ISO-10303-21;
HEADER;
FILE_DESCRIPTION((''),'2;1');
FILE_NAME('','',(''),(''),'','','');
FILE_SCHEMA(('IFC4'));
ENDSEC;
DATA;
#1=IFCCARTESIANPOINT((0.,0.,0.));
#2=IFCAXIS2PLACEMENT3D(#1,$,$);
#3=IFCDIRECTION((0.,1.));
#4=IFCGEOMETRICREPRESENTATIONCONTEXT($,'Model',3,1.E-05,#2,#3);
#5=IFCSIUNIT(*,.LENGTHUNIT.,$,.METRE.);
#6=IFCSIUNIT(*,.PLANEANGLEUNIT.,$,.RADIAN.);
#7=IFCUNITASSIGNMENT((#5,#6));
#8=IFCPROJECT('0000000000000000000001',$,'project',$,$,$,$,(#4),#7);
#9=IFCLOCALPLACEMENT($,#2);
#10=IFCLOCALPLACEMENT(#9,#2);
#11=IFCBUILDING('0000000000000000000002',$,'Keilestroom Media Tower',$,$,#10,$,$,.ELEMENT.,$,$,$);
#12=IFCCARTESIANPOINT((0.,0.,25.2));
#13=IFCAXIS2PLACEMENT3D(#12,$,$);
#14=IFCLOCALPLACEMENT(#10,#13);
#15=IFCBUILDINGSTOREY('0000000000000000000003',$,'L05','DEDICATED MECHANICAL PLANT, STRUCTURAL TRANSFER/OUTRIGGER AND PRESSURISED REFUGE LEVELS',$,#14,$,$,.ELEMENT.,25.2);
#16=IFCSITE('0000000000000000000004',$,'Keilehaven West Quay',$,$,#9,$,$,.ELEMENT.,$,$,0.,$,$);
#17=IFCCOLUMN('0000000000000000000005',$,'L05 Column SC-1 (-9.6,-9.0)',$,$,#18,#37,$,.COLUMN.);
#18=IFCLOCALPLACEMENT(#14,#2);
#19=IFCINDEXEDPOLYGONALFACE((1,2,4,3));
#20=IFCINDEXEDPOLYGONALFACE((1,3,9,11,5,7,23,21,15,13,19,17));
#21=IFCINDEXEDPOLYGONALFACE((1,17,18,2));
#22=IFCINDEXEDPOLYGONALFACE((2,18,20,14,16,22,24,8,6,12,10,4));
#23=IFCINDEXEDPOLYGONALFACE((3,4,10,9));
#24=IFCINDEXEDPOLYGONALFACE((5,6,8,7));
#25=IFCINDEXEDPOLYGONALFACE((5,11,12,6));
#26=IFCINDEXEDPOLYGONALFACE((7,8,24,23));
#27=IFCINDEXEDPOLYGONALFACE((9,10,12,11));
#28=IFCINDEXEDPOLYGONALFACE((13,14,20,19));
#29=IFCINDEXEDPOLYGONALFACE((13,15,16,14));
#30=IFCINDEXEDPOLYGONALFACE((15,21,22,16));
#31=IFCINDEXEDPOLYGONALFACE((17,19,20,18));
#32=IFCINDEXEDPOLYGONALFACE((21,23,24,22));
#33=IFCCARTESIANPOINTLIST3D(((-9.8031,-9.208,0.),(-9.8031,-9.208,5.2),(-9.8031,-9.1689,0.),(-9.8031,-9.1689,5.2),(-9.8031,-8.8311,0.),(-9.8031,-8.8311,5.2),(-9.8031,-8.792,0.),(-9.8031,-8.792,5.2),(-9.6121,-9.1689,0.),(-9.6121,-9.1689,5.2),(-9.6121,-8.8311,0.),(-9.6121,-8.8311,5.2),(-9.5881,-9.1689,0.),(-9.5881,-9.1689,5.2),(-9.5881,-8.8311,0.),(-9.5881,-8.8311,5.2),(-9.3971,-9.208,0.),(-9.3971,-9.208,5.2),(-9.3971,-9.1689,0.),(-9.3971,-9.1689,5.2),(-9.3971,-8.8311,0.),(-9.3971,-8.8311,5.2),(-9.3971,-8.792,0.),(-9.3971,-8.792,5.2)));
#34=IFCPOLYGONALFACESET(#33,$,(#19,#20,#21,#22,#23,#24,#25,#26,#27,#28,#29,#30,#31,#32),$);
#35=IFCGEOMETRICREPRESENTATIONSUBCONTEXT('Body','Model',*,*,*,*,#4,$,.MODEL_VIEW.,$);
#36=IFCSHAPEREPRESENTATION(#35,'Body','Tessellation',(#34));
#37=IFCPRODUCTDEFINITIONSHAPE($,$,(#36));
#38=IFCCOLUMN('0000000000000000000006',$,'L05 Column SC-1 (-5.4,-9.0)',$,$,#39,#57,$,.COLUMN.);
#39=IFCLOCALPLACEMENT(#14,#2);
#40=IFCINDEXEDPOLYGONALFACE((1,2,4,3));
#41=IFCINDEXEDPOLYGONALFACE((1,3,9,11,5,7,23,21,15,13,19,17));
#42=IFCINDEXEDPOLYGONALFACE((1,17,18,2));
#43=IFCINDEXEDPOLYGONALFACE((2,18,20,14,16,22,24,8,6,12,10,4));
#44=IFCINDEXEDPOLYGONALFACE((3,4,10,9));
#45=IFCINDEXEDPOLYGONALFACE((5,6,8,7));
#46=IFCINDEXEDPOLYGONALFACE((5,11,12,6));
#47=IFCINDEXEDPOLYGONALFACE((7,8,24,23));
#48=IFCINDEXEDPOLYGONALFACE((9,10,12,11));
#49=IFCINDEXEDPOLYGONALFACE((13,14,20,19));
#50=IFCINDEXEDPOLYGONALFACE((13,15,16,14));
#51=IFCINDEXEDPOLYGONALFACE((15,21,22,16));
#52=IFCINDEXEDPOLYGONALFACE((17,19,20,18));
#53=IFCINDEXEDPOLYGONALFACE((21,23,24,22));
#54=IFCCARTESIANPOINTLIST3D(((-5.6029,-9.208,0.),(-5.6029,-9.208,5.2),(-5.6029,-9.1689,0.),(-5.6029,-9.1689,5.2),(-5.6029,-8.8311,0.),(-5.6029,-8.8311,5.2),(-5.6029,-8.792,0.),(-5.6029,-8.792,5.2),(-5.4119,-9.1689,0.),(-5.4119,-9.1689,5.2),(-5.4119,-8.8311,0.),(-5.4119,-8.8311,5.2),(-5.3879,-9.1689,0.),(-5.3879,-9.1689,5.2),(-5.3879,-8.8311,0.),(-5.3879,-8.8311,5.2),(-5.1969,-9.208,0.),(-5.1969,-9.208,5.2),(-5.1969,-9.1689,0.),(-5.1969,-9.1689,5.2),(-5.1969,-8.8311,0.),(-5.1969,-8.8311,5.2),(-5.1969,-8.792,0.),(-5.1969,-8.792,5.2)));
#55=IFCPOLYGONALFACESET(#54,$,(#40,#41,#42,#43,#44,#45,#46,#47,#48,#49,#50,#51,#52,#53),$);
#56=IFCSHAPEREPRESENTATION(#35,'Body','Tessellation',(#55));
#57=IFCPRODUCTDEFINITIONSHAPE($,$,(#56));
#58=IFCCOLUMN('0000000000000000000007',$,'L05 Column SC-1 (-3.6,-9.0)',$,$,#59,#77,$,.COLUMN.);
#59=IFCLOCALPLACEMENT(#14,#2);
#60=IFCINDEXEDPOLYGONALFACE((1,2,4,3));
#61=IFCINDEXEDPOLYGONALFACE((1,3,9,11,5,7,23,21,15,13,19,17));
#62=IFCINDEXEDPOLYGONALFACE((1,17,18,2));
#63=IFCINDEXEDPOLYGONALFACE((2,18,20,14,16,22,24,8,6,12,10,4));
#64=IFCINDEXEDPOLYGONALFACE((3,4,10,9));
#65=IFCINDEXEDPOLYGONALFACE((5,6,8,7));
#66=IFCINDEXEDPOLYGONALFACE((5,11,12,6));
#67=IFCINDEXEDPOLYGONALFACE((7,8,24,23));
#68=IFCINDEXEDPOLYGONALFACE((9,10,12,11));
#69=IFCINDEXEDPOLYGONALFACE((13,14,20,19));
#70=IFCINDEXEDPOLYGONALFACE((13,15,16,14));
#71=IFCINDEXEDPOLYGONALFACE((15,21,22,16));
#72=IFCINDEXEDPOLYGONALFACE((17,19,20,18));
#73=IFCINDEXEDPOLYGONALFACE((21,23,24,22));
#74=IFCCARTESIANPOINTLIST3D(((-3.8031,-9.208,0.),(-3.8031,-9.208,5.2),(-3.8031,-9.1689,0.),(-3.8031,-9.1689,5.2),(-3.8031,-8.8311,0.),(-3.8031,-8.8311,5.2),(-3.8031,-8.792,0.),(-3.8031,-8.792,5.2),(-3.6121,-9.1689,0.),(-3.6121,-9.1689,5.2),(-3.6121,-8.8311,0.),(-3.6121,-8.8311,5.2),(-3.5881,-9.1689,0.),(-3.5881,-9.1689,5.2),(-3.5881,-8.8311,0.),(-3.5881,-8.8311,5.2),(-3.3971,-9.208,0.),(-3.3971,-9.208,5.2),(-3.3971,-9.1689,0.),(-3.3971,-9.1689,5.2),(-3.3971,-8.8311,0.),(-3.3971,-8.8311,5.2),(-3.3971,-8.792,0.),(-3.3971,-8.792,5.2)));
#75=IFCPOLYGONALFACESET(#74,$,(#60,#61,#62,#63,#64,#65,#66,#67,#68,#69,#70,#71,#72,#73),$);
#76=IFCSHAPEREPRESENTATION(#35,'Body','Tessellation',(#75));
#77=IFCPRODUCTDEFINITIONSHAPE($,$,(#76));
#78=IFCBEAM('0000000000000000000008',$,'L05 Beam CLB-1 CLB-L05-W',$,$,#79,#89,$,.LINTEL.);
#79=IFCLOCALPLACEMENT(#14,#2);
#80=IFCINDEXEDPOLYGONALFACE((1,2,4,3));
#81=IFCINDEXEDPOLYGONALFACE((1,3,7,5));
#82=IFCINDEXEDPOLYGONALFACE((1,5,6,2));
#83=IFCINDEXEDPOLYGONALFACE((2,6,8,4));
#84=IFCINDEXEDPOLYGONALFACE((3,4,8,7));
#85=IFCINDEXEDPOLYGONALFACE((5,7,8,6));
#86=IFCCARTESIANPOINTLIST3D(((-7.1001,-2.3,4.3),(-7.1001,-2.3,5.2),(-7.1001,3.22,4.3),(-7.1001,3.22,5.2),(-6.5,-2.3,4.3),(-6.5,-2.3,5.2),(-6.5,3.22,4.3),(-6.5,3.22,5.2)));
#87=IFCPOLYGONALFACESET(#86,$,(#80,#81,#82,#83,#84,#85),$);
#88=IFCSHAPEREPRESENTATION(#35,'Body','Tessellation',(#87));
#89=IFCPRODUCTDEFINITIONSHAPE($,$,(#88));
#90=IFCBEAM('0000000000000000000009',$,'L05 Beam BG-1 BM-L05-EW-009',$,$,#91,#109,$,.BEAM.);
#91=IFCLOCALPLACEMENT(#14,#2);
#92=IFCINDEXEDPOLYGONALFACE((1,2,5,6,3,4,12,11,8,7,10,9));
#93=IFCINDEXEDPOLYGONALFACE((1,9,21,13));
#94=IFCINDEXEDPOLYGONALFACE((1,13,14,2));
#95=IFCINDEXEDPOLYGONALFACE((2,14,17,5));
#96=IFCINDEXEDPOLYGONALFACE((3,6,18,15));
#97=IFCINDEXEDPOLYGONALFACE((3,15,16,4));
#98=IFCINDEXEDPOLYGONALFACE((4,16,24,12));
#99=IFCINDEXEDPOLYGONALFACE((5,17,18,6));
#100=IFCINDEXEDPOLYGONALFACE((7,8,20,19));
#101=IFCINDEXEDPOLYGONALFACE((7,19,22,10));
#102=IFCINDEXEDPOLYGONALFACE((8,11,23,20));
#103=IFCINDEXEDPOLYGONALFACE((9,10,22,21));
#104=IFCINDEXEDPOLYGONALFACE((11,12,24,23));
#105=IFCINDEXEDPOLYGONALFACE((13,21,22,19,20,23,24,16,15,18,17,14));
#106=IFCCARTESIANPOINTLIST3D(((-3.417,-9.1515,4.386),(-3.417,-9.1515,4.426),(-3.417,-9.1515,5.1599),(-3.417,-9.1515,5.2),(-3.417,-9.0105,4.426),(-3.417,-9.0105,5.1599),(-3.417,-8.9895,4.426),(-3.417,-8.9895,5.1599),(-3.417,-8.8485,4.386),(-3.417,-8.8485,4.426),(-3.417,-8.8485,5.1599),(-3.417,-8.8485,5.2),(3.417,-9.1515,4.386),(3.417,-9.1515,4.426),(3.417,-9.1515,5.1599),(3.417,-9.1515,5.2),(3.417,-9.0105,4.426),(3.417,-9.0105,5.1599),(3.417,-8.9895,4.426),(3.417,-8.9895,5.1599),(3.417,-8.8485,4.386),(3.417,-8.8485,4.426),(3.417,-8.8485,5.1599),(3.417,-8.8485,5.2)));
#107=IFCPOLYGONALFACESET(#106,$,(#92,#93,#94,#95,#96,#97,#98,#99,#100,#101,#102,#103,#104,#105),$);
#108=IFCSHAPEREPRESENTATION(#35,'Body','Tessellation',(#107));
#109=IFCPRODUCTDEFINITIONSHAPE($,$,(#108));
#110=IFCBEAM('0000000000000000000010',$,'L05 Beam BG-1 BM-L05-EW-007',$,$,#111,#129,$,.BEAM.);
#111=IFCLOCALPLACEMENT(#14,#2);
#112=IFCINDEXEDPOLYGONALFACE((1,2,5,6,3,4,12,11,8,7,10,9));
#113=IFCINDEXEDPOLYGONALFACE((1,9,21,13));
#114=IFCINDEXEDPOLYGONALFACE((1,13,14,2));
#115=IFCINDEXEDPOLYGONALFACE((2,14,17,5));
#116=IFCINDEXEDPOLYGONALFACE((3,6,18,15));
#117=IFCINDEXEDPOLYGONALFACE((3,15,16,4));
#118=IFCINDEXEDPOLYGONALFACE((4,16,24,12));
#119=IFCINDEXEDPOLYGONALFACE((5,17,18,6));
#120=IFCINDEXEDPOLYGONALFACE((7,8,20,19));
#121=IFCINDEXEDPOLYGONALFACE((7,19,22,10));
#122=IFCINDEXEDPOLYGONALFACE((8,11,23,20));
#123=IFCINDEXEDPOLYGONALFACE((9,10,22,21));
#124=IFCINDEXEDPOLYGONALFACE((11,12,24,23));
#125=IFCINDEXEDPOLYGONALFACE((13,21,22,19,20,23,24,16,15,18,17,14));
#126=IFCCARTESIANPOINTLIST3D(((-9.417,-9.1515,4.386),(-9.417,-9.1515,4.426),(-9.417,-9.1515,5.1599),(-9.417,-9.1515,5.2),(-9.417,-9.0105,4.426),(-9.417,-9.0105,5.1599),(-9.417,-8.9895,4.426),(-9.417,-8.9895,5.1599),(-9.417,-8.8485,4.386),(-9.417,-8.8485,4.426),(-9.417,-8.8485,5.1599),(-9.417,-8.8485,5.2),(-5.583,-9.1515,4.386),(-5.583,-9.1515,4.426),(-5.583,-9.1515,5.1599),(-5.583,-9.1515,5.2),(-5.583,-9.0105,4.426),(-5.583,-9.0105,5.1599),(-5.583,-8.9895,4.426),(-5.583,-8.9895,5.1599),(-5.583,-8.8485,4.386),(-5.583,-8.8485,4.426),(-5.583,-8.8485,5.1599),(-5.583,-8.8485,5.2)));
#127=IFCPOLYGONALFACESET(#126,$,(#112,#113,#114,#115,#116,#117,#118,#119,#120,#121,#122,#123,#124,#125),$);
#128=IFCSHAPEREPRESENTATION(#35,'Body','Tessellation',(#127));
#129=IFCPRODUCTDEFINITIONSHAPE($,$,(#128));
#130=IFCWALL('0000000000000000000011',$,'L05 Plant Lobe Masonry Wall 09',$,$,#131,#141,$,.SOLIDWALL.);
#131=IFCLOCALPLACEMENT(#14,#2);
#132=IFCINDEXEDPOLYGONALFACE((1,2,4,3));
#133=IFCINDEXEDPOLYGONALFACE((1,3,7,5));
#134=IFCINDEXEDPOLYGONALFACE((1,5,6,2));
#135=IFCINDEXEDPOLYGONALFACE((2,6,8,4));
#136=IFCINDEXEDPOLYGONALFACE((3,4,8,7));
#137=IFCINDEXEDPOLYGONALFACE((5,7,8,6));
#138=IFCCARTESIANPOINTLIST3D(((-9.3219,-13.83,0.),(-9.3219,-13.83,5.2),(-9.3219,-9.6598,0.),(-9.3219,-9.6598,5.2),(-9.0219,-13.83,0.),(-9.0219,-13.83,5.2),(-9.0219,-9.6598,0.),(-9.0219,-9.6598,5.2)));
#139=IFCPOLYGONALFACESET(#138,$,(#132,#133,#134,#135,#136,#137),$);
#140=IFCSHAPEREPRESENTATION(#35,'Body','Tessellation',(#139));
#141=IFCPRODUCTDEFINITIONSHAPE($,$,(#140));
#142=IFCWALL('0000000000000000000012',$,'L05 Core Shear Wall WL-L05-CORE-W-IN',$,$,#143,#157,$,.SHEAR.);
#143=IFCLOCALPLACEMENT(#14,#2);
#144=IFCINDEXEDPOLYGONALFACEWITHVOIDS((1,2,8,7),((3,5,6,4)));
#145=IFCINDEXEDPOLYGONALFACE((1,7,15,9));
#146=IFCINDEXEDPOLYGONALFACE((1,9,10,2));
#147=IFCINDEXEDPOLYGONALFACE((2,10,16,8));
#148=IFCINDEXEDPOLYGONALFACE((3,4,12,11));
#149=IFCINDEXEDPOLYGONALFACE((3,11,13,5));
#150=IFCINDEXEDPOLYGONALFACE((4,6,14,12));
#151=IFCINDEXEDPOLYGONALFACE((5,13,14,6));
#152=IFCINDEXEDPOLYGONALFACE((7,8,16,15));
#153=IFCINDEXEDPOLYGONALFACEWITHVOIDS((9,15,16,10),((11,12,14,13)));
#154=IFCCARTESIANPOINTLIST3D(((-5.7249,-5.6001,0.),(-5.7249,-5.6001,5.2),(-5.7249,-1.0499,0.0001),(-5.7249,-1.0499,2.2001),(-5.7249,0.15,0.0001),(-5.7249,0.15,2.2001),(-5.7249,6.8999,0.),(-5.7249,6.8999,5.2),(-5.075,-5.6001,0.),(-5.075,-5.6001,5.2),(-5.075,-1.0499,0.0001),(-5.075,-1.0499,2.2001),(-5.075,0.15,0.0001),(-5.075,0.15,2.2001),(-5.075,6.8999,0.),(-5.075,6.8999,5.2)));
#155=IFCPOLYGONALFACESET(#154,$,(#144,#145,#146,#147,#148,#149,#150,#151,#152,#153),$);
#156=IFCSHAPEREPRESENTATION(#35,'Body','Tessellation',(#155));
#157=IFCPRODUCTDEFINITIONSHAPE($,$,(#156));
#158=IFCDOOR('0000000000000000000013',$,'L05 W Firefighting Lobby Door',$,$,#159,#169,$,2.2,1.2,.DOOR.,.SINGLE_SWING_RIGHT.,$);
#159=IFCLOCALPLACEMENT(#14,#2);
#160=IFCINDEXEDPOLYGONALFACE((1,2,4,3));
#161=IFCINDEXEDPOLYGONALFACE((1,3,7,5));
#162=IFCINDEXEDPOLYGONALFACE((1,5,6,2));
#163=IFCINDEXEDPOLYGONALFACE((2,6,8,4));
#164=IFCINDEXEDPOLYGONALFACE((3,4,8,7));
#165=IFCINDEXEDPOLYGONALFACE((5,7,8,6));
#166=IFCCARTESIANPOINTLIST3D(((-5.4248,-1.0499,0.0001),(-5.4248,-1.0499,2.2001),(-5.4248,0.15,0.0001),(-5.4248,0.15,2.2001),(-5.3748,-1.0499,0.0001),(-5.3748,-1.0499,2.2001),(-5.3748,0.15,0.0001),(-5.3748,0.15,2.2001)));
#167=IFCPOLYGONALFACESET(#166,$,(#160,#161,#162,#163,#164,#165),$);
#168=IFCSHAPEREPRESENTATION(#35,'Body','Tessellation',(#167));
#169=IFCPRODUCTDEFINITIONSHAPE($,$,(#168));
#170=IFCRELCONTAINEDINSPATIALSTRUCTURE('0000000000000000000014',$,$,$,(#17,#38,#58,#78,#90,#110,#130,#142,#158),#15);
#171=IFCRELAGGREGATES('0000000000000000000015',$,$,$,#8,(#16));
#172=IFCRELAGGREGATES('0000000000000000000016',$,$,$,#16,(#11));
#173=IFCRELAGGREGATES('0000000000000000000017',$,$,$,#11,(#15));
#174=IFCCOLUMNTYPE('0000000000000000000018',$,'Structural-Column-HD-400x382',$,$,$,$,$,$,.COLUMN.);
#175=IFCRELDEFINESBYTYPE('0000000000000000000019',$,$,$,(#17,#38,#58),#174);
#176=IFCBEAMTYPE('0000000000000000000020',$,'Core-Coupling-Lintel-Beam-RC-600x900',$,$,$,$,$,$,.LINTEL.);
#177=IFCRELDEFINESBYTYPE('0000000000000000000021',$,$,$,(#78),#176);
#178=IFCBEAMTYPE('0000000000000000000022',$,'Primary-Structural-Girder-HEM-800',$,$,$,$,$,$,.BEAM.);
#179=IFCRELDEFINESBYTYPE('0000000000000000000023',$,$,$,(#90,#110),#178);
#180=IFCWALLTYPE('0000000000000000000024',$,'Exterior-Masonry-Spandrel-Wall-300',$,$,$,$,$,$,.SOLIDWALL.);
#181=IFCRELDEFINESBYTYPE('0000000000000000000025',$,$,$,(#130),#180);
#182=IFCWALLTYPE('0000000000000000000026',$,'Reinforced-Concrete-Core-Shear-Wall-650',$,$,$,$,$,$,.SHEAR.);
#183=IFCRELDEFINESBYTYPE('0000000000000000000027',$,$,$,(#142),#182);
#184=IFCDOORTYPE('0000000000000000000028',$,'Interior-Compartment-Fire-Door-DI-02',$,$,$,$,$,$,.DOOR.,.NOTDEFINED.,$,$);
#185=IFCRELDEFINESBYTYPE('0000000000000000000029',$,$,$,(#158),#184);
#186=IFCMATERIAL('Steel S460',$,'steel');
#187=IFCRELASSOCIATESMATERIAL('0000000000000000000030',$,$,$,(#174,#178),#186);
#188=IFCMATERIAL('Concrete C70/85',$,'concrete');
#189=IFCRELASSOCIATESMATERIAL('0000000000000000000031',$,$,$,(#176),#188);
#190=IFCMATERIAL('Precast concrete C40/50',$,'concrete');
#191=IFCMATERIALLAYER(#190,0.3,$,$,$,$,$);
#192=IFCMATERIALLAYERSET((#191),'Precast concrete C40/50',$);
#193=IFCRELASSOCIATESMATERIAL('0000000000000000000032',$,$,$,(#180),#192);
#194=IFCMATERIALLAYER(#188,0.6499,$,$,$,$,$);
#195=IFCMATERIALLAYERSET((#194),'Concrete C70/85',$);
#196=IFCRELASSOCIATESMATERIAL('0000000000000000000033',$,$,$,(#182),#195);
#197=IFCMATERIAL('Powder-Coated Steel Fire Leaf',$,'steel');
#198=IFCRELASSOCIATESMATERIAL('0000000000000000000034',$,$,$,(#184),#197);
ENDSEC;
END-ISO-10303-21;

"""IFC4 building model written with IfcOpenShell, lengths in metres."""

from ifc_helpers import new_model, si_unit, direction, frame, frame_2d, origin, origin_2d, place, context, subcontext, project, spatial, rectangle, i_section, extrude, source, transform, mapped, material, layer, layer_set, material_profile, profile_set, type_object, element, fill, save


model = new_model("IFC4")

# Units and contexts
model_context = context("Model", 3, precision=1e-05, world=origin(), true_north=direction((0.0, 1.0)))
body_context = subcontext(model_context, "Body", "Model", "MODEL_VIEW")
ifc_project = project(units=[si_unit("LENGTHUNIT", "METRE"), si_unit("PLANEANGLEUNIT", "RADIAN")], contexts=[model_context])

# Site, building, storey
site_placement = place(None, origin())
site = spatial("IfcSite", under=ifc_project, at=site_placement, Name="Keilehaven West Quay", CompositionType="ELEMENT", RefElevation=0.0)
building_placement = place(site_placement, origin())
building = spatial("IfcBuilding", under=site, at=building_placement, Name="Keilestroom Media Tower", CompositionType="ELEMENT")
storey_placement = place(building_placement, frame((0.0, 0.0, 25.2)))
storey = spatial("IfcBuildingStorey", under=building, at=storey_placement, Name="L05", Description="DEDICATED MECHANICAL PLANT, STRUCTURAL TRANSFER/OUTRIGGER AND PRESSURISED REFUGE LEVELS", CompositionType="ELEMENT", Elevation=25.2)

# Columns
ifc_material_1 = material(Name="Steel S460", Category="steel")
ifc_material_profile_1 = material_profile(ifc_material_1, i_section(OverallWidth=0.406, OverallDepth=0.416, WebThickness=0.0239, FlangeThickness=0.0391, at=origin_2d()), Name="HD 400x382")
ifc_profile_set_1 = profile_set([ifc_material_profile_1], Name="Steel S460")
column_type = type_object("IfcColumnType", Name="Structural-Column-HD-400x382", PredefinedType="COLUMN", material=ifc_profile_set_1)
shared_shape_1 = source(origin(), body_context, "Body", "SweptSolid", [
    extrude(i_section(OverallWidth=0.406, OverallDepth=0.416, WebThickness=0.0239, FlangeThickness=0.0391, at=origin_2d()), origin(), (0.0, 0.0, 1.0), 5.2),
])
for number, where, z_axis, x_axis, name in (
    (1, (-9.6001, -9.0, 0.0), (0.0, 0.0, 1.0), (1.0, 0.0, 0.0), "L05 Column SC-1 (-9.6,-9.0)"),
    (2, (-5.3999, -9.0, 0.0), (0.0, 0.0, 1.0), (1.0, 0.0, 0.0), "L05 Column SC-1 (-5.4,-9.0)"),
    (3, (-3.6001, -9.0, 0.0), (0.0, 0.0, 1.0), (1.0, 0.0, 0.0), "L05 Column SC-1 (-3.6,-9.0)"),
):
    element("IfcColumn", number, at=place(storey_placement, frame(where, z_axis=z_axis, x_axis=x_axis)), inside=storey, type_object=column_type, Name=name, PredefinedType="COLUMN", context=body_context, shape_type="MappedRepresentation", body=[
        mapped(shared_shape_1, transform((0.0, 0.0, 0.0), x_axis=(1.0, 0.0, 0.0), y_axis=(0.0, 1.0, 0.0), z_axis=(0.0, 0.0, 1.0), scale=1.0)),
    ])

# Beams
ifc_material_2 = material(Name="Concrete C70/85", Category="concrete")
ifc_material_profile_2 = material_profile(ifc_material_2, rectangle(XDim=0.6001, YDim=0.8999, at=origin_2d()), Name="RC 600x900")
ifc_profile_set_2 = profile_set([ifc_material_profile_2], Name="Concrete C70/85")
beam_type_1 = type_object("IfcBeamType", Name="Core-Coupling-Lintel-Beam-RC-600x900", PredefinedType="LINTEL", material=ifc_profile_set_2)
shared_shape_2 = source(origin(), body_context, "Body", "SweptSolid", [
    extrude(rectangle(XDim=0.6001, YDim=0.8999, at=origin_2d()), origin(), (0.0, 0.0, 1.0), 5.52),
])
beam_1_placement = place(storey_placement, frame((-6.8, -2.3, 4.75), z_axis=(0.0, 1.0, 0.0), x_axis=(-1.0, 0.0, 0.0)))
element("IfcBeam", 4, at=beam_1_placement, inside=storey, type_object=beam_type_1, Name="L05 Beam CLB-1 CLB-L05-W", PredefinedType="LINTEL", context=body_context, shape_type="MappedRepresentation", body=[
    mapped(shared_shape_2, transform((0.0, 0.0, 0.0), x_axis=(1.0, 0.0, 0.0), y_axis=(0.0, 1.0, 0.0), z_axis=(0.0, 0.0, 1.0), scale=1.0)),
])
ifc_material_profile_3 = material_profile(ifc_material_1, i_section(OverallWidth=0.303, OverallDepth=0.814, WebThickness=0.021, FlangeThickness=0.04, at=origin_2d()), Name="HEM 800")
ifc_profile_set_3 = profile_set([ifc_material_profile_3], Name="Steel S460")
beam_type_2 = type_object("IfcBeamType", Name="Primary-Structural-Girder-HEM-800", PredefinedType="BEAM", material=ifc_profile_set_3)
shared_shape_3 = source(origin(), body_context, "Body", "SweptSolid", [
    extrude(i_section(OverallWidth=0.303, OverallDepth=0.814, WebThickness=0.021, FlangeThickness=0.04, at=origin_2d()), origin(), (0.0, 0.0, 1.0), 6.834),
])
beam_2_placement = place(storey_placement, frame((-3.417, -9.0, 4.793), z_axis=(1.0, 0.0, 0.0), x_axis=(0.0, 1.0, 0.0)))
element("IfcBeam", 5, at=beam_2_placement, inside=storey, type_object=beam_type_2, Name="L05 Beam BG-1 BM-L05-EW-009", PredefinedType="BEAM", context=body_context, shape_type="MappedRepresentation", body=[
    mapped(shared_shape_3, transform((0.0, 0.0, 0.0), x_axis=(1.0, 0.0, 0.0), y_axis=(0.0, 1.0, 0.0), z_axis=(0.0, 0.0, 1.0), scale=1.0)),
])
shared_shape_4 = source(origin(), body_context, "Body", "SweptSolid", [
    extrude(i_section(OverallWidth=0.303, OverallDepth=0.814, WebThickness=0.021, FlangeThickness=0.04, at=origin_2d()), origin(), (0.0, 0.0, 1.0), 3.834),
])
beam_3_placement = place(storey_placement, frame((-9.417, -9.0, 4.793), z_axis=(1.0, 0.0, 0.0), x_axis=(0.0, 1.0, 0.0)))
element("IfcBeam", 6, at=beam_3_placement, inside=storey, type_object=beam_type_2, Name="L05 Beam BG-1 BM-L05-EW-007", PredefinedType="BEAM", context=body_context, shape_type="MappedRepresentation", body=[
    mapped(shared_shape_4, transform((0.0, 0.0, 0.0), x_axis=(1.0, 0.0, 0.0), y_axis=(0.0, 1.0, 0.0), z_axis=(0.0, 0.0, 1.0), scale=1.0)),
])

# Wall
ifc_material_3 = material(Name="Precast concrete C40/50", Category="concrete")
ifc_layer_1 = layer(ifc_material_3, 0.3)
ifc_layer_set_1 = layer_set([ifc_layer_1], Name="Precast concrete C40/50")
wall_type_1 = type_object("IfcWallType", Name="Exterior-Masonry-Spandrel-Wall-300", PredefinedType="SOLIDWALL", material=ifc_layer_set_1)
wall_1_placement = place(storey_placement, frame((-9.1719, -9.6599, 0.0), z_axis=(0.0, 0.0, 1.0), x_axis=(0.0, -1.0, 0.0)))
element("IfcWall", 7, at=wall_1_placement, inside=storey, type_object=wall_type_1, Name="L05 Plant Lobe Masonry Wall 09", PredefinedType="SOLIDWALL", context=body_context, shape_type="SweptSolid", body=[
    extrude(rectangle(XDim=4.1702, YDim=0.3, at=frame_2d((2.085, 0.0))), origin(), (0.0, 0.0, 1.0), 5.2),
])

# Wall, opening, door
ifc_layer_2 = layer(ifc_material_2, 0.6499)
ifc_layer_set_2 = layer_set([ifc_layer_2], Name="Concrete C70/85")
wall_type_2 = type_object("IfcWallType", Name="Reinforced-Concrete-Core-Shear-Wall-650", PredefinedType="SHEAR", material=ifc_layer_set_2)
wall_2_placement = place(storey_placement, frame((-5.3999, -5.6001, 0.0), z_axis=(0.0, 0.0, 1.0), x_axis=(0.0, 1.0, 0.0)))
wall_2 = element("IfcWall", 8, at=wall_2_placement, inside=storey, type_object=wall_type_2, Name="L05 Core Shear Wall WL-L05-CORE-W-IN", PredefinedType="SHEAR", context=body_context, shape_type="SweptSolid", body=[
    extrude(rectangle(XDim=12.5, YDim=0.6499, at=frame_2d((6.25, 0.0))), origin(), (0.0, 0.0, 1.0), 5.2),
])
opening_1_placement = place(wall_2_placement, frame((4.55, 0.0, 0.0)))
opening_1 = element("IfcOpeningElement", 9, at=opening_1_placement, cuts=wall_2, PredefinedType="OPENING", context=body_context, shape_type="SweptSolid", body=[
    extrude(rectangle(XDim=1.2, YDim=2.2, at=frame_2d((0.6001, 1.1001))), frame((0.0, 0.335, 0.0), z_axis=(0.0, -1.0, 0.0), x_axis=(1.0, 0.0, 0.0)), (0.0, 0.0, 1.0), 0.6699),
])
ifc_material_4 = material(Name="Powder-Coated Steel Fire Leaf", Category="steel")
door_type_1 = type_object("IfcDoorType", Name="Interior-Compartment-Fire-Door-DI-02", OperationType="NOTDEFINED", PredefinedType="DOOR", material=ifc_material_4)
shared_shape_5 = source(origin(), body_context, "Body", "SweptSolid", [
    extrude(rectangle(XDim=1.2, YDim=2.2, at=frame_2d((0.6001, 1.1001))), frame((0.0, 0.0249, 0.0), z_axis=(0.0, -1.0, 0.0), x_axis=(1.0, 0.0, 0.0)), (0.0, 0.0, 1.0), 0.05),
])
door_1_placement = place(opening_1_placement, origin())
door_1 = element("IfcDoor", 10, at=door_1_placement, inside=storey, type_object=door_type_1, Name="L05 W Firefighting Lobby Door", OperationType="SINGLE_SWING_RIGHT", OverallHeight=2.2, OverallWidth=1.2, PredefinedType="DOOR", context=body_context, shape_type="MappedRepresentation", body=[
    mapped(shared_shape_5, transform((0.0, 0.0, 0.0), x_axis=(1.0, 0.0, 0.0), y_axis=(0.0, 1.0, 0.0), z_axis=(0.0, 0.0, 1.0), scale=1.0)),
])
fill(opening_1, door_1)

save(model, "model.ifc")
